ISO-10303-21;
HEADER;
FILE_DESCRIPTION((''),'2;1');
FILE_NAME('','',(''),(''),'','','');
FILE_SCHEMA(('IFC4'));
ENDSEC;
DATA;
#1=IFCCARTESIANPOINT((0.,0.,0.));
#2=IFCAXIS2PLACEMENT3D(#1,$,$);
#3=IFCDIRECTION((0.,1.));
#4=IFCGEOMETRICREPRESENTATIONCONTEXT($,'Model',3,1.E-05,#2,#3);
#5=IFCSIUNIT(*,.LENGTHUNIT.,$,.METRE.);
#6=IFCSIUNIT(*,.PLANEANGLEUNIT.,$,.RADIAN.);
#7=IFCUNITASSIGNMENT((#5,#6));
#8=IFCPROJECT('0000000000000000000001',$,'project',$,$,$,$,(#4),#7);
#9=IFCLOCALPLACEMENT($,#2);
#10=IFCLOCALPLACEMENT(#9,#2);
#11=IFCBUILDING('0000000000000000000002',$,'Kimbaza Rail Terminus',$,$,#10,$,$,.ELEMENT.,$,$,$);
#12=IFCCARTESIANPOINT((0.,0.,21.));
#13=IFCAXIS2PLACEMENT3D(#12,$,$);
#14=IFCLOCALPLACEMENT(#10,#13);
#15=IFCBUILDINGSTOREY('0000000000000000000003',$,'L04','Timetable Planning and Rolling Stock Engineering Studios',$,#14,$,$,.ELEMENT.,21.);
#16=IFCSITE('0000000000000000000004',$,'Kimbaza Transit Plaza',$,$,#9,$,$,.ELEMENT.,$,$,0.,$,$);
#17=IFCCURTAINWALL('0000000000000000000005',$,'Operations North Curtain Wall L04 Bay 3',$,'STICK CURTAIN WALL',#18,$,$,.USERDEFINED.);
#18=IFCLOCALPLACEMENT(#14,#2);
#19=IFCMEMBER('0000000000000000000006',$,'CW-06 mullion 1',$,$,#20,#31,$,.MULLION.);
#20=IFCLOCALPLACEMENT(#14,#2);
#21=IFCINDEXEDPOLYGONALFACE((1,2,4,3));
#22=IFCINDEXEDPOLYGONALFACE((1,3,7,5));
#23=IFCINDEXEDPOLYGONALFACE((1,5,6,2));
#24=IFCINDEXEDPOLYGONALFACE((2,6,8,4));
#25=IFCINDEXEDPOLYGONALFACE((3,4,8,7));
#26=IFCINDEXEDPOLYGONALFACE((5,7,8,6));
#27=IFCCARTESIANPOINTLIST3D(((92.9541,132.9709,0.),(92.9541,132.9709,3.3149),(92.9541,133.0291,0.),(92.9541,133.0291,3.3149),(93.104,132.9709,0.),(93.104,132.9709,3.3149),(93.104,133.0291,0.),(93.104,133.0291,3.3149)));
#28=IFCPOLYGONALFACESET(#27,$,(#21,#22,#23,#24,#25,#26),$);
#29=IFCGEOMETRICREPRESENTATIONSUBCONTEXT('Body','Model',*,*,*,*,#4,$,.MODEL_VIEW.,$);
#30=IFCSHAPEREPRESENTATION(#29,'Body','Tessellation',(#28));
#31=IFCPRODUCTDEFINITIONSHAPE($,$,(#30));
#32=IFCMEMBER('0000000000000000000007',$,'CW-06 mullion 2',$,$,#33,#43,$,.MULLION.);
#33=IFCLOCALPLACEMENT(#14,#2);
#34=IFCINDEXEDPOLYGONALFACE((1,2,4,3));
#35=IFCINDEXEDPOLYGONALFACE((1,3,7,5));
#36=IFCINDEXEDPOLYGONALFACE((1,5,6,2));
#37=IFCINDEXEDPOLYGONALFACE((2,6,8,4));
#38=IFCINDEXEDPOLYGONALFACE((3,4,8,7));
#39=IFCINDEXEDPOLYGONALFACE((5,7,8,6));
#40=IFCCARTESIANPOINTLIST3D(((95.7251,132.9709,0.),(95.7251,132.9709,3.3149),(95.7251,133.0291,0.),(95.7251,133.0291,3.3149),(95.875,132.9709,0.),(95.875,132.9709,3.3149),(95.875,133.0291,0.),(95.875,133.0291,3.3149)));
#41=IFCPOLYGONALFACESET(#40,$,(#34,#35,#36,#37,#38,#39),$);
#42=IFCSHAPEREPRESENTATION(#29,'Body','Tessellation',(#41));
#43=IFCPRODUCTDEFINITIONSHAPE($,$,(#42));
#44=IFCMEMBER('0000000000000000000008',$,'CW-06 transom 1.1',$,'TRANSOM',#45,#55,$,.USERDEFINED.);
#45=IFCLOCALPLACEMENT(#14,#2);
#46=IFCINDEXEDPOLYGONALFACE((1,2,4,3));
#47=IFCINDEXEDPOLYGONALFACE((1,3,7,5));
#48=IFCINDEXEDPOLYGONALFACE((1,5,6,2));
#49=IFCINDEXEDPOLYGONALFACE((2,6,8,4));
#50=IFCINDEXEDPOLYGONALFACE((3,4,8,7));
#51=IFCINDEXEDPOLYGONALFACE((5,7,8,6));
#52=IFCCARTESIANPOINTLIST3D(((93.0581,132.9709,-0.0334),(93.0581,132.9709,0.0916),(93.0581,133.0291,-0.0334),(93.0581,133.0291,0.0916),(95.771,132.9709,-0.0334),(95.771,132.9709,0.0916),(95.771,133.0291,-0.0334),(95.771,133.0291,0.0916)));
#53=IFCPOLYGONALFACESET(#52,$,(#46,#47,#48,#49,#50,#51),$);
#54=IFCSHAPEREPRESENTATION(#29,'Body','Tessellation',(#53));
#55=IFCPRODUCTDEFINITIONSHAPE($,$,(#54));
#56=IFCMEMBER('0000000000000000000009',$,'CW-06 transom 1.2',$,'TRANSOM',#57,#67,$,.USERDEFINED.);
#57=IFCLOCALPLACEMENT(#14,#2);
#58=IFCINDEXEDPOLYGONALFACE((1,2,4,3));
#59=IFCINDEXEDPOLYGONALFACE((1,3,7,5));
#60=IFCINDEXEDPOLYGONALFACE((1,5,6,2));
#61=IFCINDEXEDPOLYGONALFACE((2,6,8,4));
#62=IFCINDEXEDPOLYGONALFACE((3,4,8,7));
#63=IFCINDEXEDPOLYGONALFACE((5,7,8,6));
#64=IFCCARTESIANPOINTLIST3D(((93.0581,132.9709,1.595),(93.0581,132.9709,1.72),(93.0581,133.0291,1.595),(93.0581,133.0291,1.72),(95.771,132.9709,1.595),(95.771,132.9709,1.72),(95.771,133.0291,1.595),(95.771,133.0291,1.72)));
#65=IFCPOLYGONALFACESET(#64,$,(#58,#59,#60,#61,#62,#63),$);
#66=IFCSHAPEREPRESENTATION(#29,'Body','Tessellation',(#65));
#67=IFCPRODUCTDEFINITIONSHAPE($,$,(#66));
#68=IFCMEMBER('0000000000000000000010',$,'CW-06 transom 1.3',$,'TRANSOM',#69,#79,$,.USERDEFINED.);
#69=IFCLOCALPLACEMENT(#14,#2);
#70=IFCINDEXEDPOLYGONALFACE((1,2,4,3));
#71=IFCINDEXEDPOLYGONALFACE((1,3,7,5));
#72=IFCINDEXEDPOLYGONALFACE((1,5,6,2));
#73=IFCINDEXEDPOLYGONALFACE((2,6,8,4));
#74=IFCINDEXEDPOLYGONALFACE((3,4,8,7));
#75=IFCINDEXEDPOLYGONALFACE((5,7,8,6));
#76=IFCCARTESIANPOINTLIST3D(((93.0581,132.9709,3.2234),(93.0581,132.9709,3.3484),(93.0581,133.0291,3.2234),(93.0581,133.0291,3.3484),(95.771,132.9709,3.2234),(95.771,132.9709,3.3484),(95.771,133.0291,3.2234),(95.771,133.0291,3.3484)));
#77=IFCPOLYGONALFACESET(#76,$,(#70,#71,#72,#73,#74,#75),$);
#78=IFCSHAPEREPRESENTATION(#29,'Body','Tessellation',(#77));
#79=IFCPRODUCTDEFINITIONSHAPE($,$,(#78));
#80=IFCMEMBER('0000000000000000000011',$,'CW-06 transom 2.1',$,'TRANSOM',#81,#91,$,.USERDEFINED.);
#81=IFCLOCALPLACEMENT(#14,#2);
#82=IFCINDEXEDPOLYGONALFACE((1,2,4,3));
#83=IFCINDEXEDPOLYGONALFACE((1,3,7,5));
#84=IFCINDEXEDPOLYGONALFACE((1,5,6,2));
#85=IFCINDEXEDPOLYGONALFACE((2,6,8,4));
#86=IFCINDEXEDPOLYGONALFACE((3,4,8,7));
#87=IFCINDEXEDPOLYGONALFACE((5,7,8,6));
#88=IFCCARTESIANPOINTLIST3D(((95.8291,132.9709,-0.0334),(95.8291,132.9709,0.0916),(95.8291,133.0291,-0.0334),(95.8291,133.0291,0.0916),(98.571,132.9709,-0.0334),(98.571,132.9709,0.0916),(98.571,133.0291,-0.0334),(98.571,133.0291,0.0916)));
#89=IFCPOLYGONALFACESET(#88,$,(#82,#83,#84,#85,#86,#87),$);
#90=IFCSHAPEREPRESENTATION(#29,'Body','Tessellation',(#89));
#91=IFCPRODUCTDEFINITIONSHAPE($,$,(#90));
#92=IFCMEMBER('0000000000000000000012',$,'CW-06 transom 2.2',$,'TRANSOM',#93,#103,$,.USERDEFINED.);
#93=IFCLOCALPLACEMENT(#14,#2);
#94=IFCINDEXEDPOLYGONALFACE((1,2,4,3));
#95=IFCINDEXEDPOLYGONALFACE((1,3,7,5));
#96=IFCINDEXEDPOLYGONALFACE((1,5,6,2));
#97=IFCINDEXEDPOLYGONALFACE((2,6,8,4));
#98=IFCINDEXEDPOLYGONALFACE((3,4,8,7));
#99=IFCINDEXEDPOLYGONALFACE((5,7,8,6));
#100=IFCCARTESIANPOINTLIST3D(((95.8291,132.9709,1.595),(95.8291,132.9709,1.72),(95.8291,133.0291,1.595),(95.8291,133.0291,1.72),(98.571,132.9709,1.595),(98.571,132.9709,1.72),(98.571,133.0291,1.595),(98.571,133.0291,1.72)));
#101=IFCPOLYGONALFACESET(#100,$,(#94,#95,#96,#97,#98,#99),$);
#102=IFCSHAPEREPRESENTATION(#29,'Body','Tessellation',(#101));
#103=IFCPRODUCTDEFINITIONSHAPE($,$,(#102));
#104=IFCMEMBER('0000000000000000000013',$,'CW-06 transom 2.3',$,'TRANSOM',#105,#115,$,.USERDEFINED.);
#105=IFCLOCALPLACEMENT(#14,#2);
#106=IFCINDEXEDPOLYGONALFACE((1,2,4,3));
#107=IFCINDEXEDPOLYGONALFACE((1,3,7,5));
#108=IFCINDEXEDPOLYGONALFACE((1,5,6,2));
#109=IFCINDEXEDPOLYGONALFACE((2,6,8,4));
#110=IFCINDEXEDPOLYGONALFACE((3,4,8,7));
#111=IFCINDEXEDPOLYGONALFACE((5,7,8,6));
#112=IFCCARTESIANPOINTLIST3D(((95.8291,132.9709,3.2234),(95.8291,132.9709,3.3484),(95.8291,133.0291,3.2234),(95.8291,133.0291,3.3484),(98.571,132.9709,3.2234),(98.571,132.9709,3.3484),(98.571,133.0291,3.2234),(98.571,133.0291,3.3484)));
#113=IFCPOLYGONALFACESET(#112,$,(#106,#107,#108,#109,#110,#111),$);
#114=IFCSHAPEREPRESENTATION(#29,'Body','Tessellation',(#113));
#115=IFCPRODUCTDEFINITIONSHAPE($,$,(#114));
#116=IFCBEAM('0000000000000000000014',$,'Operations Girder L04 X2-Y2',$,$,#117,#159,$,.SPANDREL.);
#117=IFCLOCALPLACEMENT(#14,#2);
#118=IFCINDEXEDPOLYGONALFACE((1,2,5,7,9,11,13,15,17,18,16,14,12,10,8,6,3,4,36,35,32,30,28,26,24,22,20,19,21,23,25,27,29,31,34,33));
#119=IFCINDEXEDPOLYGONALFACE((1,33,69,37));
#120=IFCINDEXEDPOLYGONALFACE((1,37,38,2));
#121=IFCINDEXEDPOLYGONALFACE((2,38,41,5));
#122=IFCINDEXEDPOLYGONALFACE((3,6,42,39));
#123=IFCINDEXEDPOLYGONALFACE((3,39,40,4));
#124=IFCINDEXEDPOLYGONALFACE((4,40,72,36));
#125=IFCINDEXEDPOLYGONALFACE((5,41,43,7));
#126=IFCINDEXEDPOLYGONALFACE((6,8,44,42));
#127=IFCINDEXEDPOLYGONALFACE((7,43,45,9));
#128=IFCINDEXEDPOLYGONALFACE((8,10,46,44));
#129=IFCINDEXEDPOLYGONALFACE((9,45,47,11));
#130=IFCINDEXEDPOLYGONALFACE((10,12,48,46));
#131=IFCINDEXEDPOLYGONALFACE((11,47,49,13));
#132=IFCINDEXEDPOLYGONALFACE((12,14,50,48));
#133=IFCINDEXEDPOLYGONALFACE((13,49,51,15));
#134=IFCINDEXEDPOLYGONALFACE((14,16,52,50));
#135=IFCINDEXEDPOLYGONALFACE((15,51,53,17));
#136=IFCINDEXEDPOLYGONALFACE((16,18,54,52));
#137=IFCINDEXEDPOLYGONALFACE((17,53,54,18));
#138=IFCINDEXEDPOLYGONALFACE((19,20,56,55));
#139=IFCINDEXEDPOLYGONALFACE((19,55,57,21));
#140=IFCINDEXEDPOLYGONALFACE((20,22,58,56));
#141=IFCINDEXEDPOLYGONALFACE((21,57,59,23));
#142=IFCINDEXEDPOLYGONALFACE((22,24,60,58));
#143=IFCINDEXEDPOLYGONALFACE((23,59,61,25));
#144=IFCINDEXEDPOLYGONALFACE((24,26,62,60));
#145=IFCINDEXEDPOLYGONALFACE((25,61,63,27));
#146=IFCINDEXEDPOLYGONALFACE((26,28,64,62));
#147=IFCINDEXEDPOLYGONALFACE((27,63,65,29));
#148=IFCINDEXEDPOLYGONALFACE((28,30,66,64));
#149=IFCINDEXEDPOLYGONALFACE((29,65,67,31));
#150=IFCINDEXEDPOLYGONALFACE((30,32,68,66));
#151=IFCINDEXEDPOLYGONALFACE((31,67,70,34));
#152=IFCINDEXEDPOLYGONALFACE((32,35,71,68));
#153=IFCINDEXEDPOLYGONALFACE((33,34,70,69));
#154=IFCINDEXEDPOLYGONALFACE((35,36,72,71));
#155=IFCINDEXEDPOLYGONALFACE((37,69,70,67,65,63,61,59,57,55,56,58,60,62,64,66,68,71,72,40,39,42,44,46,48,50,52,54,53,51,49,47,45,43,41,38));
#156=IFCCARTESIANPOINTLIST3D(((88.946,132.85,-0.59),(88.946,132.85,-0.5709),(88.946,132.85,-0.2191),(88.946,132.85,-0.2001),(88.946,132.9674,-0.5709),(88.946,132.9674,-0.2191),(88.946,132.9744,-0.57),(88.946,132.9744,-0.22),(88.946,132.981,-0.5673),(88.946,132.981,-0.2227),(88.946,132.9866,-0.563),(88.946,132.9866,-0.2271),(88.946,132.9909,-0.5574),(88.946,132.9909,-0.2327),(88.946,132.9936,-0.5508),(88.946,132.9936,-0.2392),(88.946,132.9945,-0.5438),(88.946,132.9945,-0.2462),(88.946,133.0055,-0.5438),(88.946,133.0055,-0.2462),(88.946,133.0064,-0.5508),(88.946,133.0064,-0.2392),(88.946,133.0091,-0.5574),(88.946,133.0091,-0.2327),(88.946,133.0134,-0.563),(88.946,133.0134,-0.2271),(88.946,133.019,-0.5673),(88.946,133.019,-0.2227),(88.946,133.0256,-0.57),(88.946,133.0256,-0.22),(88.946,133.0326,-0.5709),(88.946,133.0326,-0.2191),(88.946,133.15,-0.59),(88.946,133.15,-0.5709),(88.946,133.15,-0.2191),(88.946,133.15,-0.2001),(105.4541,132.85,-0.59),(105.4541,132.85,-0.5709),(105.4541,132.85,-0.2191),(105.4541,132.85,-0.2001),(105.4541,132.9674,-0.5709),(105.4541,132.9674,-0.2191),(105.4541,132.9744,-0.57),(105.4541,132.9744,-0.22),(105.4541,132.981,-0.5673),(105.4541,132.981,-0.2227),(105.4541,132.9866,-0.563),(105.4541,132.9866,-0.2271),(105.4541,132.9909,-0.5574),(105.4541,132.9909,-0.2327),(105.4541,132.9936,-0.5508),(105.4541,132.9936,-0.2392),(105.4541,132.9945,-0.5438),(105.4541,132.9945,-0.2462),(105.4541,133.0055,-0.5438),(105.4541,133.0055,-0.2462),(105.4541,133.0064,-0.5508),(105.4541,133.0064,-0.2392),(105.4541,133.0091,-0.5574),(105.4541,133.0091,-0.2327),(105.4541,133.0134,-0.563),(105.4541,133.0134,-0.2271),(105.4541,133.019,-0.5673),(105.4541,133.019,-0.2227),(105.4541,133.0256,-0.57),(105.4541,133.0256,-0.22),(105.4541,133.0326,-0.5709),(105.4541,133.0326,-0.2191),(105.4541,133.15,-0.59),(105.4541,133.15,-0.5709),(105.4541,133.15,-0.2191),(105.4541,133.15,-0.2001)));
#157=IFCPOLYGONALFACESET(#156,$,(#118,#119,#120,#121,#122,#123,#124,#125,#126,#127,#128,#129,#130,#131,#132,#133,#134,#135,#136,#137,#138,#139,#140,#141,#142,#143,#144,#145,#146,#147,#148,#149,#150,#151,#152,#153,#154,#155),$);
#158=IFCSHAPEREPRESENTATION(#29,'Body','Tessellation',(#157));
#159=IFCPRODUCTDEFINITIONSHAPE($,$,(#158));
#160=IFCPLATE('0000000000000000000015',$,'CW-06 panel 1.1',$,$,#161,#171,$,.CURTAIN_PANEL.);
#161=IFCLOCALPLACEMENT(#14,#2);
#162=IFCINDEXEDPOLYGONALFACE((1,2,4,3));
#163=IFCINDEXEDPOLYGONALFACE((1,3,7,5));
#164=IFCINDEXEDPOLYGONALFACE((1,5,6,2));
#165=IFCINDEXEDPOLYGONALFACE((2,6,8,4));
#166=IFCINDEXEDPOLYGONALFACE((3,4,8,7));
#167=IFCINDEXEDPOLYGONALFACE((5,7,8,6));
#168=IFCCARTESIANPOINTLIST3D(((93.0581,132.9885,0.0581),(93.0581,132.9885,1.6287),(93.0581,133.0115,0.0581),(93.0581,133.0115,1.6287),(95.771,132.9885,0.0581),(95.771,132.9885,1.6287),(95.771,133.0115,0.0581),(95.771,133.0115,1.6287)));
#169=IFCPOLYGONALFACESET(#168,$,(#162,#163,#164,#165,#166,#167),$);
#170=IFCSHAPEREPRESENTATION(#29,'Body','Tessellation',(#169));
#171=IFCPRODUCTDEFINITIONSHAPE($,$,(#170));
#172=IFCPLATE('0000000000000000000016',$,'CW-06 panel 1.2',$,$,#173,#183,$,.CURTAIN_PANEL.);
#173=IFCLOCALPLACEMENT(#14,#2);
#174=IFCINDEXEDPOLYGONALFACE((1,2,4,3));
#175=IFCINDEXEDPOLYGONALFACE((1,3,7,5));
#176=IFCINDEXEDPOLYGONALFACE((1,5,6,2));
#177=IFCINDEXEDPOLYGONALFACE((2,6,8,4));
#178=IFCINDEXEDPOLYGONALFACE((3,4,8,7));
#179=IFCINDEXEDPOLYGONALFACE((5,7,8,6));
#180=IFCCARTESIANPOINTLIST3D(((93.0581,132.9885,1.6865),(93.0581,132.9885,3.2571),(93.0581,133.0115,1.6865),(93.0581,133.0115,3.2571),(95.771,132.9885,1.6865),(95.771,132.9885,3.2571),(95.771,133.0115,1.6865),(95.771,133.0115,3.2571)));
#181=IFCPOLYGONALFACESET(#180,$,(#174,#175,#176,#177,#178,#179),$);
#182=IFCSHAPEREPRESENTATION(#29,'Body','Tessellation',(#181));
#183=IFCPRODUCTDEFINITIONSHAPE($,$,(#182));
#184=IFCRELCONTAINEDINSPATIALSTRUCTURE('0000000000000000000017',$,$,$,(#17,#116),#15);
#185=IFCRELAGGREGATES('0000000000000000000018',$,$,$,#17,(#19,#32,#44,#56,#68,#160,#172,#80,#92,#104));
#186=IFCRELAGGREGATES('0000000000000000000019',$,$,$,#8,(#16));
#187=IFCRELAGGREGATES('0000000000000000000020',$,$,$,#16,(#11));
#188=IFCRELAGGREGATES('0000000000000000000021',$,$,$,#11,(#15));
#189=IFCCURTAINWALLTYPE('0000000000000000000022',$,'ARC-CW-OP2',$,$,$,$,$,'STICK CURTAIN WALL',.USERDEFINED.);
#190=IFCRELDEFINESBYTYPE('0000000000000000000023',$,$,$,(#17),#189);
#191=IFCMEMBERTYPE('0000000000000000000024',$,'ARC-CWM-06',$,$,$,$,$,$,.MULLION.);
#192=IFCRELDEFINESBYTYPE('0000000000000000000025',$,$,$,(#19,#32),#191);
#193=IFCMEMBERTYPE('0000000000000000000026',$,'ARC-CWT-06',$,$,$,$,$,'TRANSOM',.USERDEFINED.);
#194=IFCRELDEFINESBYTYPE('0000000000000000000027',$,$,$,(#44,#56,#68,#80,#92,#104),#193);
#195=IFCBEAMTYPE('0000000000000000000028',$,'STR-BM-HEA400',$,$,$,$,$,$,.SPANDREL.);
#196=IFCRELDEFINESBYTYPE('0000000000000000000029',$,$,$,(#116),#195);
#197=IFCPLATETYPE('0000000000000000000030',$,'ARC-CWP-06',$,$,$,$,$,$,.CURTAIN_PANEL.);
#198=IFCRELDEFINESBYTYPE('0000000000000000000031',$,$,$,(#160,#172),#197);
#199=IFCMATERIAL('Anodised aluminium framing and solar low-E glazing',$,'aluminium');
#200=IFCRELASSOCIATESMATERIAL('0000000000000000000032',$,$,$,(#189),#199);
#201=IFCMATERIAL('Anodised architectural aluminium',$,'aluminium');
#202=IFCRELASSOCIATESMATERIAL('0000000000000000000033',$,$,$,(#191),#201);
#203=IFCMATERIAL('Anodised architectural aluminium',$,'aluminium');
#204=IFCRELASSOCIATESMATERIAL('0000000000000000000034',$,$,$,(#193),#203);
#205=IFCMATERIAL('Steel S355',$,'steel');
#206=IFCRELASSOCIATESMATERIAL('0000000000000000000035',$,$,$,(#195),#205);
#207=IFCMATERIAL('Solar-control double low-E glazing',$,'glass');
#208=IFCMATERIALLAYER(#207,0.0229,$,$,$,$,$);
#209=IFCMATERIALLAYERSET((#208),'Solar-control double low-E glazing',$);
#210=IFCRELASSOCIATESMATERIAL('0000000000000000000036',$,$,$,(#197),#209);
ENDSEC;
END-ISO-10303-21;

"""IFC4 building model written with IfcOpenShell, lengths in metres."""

from ifc_helpers import new_model, si_unit, direction, frame, origin, origin_2d, place, context, subcontext, project, spatial, rectangle, i_section, extrude, material, layer, layer_set, material_profile, profile_set, type_object, element, aggregate, save


model = new_model("IFC4")

# Units and contexts
model_context = context("Model", 3, precision=1e-05, world=origin(), true_north=direction((0.0, 1.0)))
body_context = subcontext(model_context, "Body", "Model", "MODEL_VIEW")
ifc_project = project(units=[si_unit("LENGTHUNIT", "METRE"), si_unit("PLANEANGLEUNIT", "RADIAN")], contexts=[model_context])

# Site, building, storey
site_placement = place(None, origin())
site = spatial("IfcSite", under=ifc_project, at=site_placement, Name="Kimbaza Transit Plaza", CompositionType="ELEMENT", RefElevation=0.0)
building_placement = place(site_placement, origin())
building = spatial("IfcBuilding", under=site, at=building_placement, Name="Kimbaza Rail Terminus", CompositionType="ELEMENT")
storey_placement = place(building_placement, frame((0.0, 0.0, 21.0)))
storey = spatial("IfcBuildingStorey", under=building, at=storey_placement, Name="L04", Description="Timetable Planning and Rolling Stock Engineering Studios", CompositionType="ELEMENT", Elevation=21.0)

# Curtain wall, members
ifc_material_1 = material(Name="Anodised aluminium framing and solar low-E glazing", Category="aluminium")
curtain_wall_type = type_object("IfcCurtainWallType", Name="ARC-CW-OP2", ElementType="STICK CURTAIN WALL", PredefinedType="USERDEFINED", material=ifc_material_1)
curtain_wall_placement = place(storey_placement, origin())
curtain_wall = element("IfcCurtainWall", 1, at=curtain_wall_placement, inside=storey, type_object=curtain_wall_type, Name="Operations North Curtain Wall L04 Bay 3", ObjectType="STICK CURTAIN WALL", PredefinedType="USERDEFINED")
ifc_material_2 = material(Name="Anodised architectural aluminium", Category="aluminium")
ifc_material_profile_1 = material_profile(ifc_material_2, rectangle(XDim=0.0581, YDim=0.1499, at=origin_2d()), Name="MULLION 58x150")
ifc_profile_set_1 = profile_set([ifc_material_profile_1], Name="Anodised architectural aluminium")
member_type_1 = type_object("IfcMemberType", Name="ARC-CWM-06", PredefinedType="MULLION", material=ifc_profile_set_1)
member_1_placement = place(storey_placement, frame((93.0291, 133.0, 0.0), z_axis=(0.0, 0.0, 1.0), x_axis=(0.0, 1.0, 0.0)))
member_1 = element("IfcMember", 2, at=member_1_placement, type_object=member_type_1, Name="CW-06 mullion 1", PredefinedType="MULLION", context=body_context, shape_type="SweptSolid", body=[
    extrude(rectangle(XDim=0.0581, YDim=0.1499, at=origin_2d()), origin(), (0.0, 0.0, 1.0), 3.3149),
])
member_2_placement = place(storey_placement, frame((95.8, 133.0, 0.0), z_axis=(0.0, 0.0, 1.0), x_axis=(0.0, 1.0, 0.0)))
member_2 = element("IfcMember", 3, at=member_2_placement, type_object=member_type_1, Name="CW-06 mullion 2", PredefinedType="MULLION", context=body_context, shape_type="SweptSolid", body=[
    extrude(rectangle(XDim=0.0581, YDim=0.1499, at=origin_2d()), origin(), (0.0, 0.0, 1.0), 3.3149),
])
ifc_material_3 = material(Name="Anodised architectural aluminium", Category="aluminium")
ifc_material_profile_2 = material_profile(ifc_material_3, rectangle(XDim=0.0581, YDim=0.125, at=origin_2d()), Name="TRANSOM 58x125")
ifc_profile_set_2 = profile_set([ifc_material_profile_2], Name="Anodised architectural aluminium")
member_type_2 = type_object("IfcMemberType", Name="ARC-CWT-06", ElementType="TRANSOM", PredefinedType="USERDEFINED", material=ifc_profile_set_2)
member_3_placement = place(storey_placement, frame((93.0581, 133.0, 0.0291), z_axis=(1.0, 0.0, 0.0), x_axis=(0.0, 1.0, 0.0)))
member_3 = element("IfcMember", 4, at=member_3_placement, type_object=member_type_2, Name="CW-06 transom 1.1", ObjectType="TRANSOM", PredefinedType="USERDEFINED", context=body_context, shape_type="SweptSolid", body=[
    extrude(rectangle(XDim=0.0581, YDim=0.125, at=origin_2d()), origin(), (0.0, 0.0, 1.0), 2.7129),
])
member_4_placement = place(storey_placement, frame((93.0581, 133.0, 1.6575), z_axis=(1.0, 0.0, 0.0), x_axis=(0.0, 1.0, 0.0)))
member_4 = element("IfcMember", 5, at=member_4_placement, type_object=member_type_2, Name="CW-06 transom 1.2", ObjectType="TRANSOM", PredefinedType="USERDEFINED", context=body_context, shape_type="SweptSolid", body=[
    extrude(rectangle(XDim=0.0581, YDim=0.125, at=origin_2d()), origin(), (0.0, 0.0, 1.0), 2.7129),
])
member_5_placement = place(storey_placement, frame((93.0581, 133.0, 3.2859), z_axis=(1.0, 0.0, 0.0), x_axis=(0.0, 1.0, 0.0)))
member_5 = element("IfcMember", 6, at=member_5_placement, type_object=member_type_2, Name="CW-06 transom 1.3", ObjectType="TRANSOM", PredefinedType="USERDEFINED", context=body_context, shape_type="SweptSolid", body=[
    extrude(rectangle(XDim=0.0581, YDim=0.125, at=origin_2d()), origin(), (0.0, 0.0, 1.0), 2.7129),
])
member_6_placement = place(storey_placement, frame((95.8291, 133.0, 0.0291), z_axis=(1.0, 0.0, 0.0), x_axis=(0.0, 1.0, 0.0)))
member_6 = element("IfcMember", 7, at=member_6_placement, type_object=member_type_2, Name="CW-06 transom 2.1", ObjectType="TRANSOM", PredefinedType="USERDEFINED", context=body_context, shape_type="SweptSolid", body=[
    extrude(rectangle(XDim=0.0581, YDim=0.125, at=origin_2d()), origin(), (0.0, 0.0, 1.0), 2.7419),
])
member_7_placement = place(storey_placement, frame((95.8291, 133.0, 1.6575), z_axis=(1.0, 0.0, 0.0), x_axis=(0.0, 1.0, 0.0)))
member_7 = element("IfcMember", 8, at=member_7_placement, type_object=member_type_2, Name="CW-06 transom 2.2", ObjectType="TRANSOM", PredefinedType="USERDEFINED", context=body_context, shape_type="SweptSolid", body=[
    extrude(rectangle(XDim=0.0581, YDim=0.125, at=origin_2d()), origin(), (0.0, 0.0, 1.0), 2.7419),
])
member_8_placement = place(storey_placement, frame((95.8291, 133.0, 3.2859), z_axis=(1.0, 0.0, 0.0), x_axis=(0.0, 1.0, 0.0)))
member_8 = element("IfcMember", 9, at=member_8_placement, type_object=member_type_2, Name="CW-06 transom 2.3", ObjectType="TRANSOM", PredefinedType="USERDEFINED", context=body_context, shape_type="SweptSolid", body=[
    extrude(rectangle(XDim=0.0581, YDim=0.125, at=origin_2d()), origin(), (0.0, 0.0, 1.0), 2.7419),
])

# Beam
ifc_material_4 = material(Name="Steel S355", Category="steel")
ifc_material_profile_3 = material_profile(ifc_material_4, i_section(OverallWidth=0.3, OverallDepth=0.3899, WebThickness=0.011, FlangeThickness=0.019, FilletRadius=0.0271, at=origin_2d()), Name="HEA 400")
ifc_profile_set_3 = profile_set([ifc_material_profile_3], Name="Steel S355")
beam_type = type_object("IfcBeamType", Name="STR-BM-HEA400", PredefinedType="SPANDREL", material=ifc_profile_set_3)
beam_placement = place(storey_placement, frame((88.946, 133.0, -0.395), z_axis=(1.0, 0.0, 0.0), x_axis=(0.0, 1.0, 0.0)))
element("IfcBeam", 10, at=beam_placement, inside=storey, type_object=beam_type, Name="Operations Girder L04 X2-Y2", PredefinedType="SPANDREL", context=body_context, shape_type="SweptSolid", body=[
    extrude(i_section(OverallWidth=0.3, OverallDepth=0.3899, WebThickness=0.011, FlangeThickness=0.019, FilletRadius=0.0271, at=origin_2d()), origin(), (0.0, 0.0, 1.0), 16.5081),
])

# Plates
ifc_material_5 = material(Name="Solar-control double low-E glazing", Category="glass")
ifc_layer_1 = layer(ifc_material_5, 0.0229)
ifc_layer_set_1 = layer_set([ifc_layer_1], Name="Solar-control double low-E glazing")
plate_type = type_object("IfcPlateType", Name="ARC-CWP-06", PredefinedType="CURTAIN_PANEL", material=ifc_layer_set_1)
plate_1_placement = place(storey_placement, frame((94.4146, 133.0, 0.0581), z_axis=(0.0, 0.0, 1.0), x_axis=(1.0, 0.0, 0.0)))
plate_1 = element("IfcPlate", 11, at=plate_1_placement, type_object=plate_type, Name="CW-06 panel 1.1", PredefinedType="CURTAIN_PANEL", context=body_context, shape_type="SweptSolid", body=[
    extrude(rectangle(XDim=2.7129, YDim=0.0229, at=origin_2d()), origin(), (0.0, 0.0, 1.0), 1.5706),
])
plate_2_placement = place(storey_placement, frame((94.4146, 133.0, 1.6865), z_axis=(0.0, 0.0, 1.0), x_axis=(1.0, 0.0, 0.0)))
plate_2 = element("IfcPlate", 12, at=plate_2_placement, type_object=plate_type, Name="CW-06 panel 1.2", PredefinedType="CURTAIN_PANEL", context=body_context, shape_type="SweptSolid", body=[
    extrude(rectangle(XDim=2.7129, YDim=0.0229, at=origin_2d()), origin(), (0.0, 0.0, 1.0), 1.5706),
])
aggregate(curtain_wall, [member_1, member_2, member_3, member_4, member_5, plate_1, plate_2, member_6, member_7, member_8])

save(model, "model.ifc")
